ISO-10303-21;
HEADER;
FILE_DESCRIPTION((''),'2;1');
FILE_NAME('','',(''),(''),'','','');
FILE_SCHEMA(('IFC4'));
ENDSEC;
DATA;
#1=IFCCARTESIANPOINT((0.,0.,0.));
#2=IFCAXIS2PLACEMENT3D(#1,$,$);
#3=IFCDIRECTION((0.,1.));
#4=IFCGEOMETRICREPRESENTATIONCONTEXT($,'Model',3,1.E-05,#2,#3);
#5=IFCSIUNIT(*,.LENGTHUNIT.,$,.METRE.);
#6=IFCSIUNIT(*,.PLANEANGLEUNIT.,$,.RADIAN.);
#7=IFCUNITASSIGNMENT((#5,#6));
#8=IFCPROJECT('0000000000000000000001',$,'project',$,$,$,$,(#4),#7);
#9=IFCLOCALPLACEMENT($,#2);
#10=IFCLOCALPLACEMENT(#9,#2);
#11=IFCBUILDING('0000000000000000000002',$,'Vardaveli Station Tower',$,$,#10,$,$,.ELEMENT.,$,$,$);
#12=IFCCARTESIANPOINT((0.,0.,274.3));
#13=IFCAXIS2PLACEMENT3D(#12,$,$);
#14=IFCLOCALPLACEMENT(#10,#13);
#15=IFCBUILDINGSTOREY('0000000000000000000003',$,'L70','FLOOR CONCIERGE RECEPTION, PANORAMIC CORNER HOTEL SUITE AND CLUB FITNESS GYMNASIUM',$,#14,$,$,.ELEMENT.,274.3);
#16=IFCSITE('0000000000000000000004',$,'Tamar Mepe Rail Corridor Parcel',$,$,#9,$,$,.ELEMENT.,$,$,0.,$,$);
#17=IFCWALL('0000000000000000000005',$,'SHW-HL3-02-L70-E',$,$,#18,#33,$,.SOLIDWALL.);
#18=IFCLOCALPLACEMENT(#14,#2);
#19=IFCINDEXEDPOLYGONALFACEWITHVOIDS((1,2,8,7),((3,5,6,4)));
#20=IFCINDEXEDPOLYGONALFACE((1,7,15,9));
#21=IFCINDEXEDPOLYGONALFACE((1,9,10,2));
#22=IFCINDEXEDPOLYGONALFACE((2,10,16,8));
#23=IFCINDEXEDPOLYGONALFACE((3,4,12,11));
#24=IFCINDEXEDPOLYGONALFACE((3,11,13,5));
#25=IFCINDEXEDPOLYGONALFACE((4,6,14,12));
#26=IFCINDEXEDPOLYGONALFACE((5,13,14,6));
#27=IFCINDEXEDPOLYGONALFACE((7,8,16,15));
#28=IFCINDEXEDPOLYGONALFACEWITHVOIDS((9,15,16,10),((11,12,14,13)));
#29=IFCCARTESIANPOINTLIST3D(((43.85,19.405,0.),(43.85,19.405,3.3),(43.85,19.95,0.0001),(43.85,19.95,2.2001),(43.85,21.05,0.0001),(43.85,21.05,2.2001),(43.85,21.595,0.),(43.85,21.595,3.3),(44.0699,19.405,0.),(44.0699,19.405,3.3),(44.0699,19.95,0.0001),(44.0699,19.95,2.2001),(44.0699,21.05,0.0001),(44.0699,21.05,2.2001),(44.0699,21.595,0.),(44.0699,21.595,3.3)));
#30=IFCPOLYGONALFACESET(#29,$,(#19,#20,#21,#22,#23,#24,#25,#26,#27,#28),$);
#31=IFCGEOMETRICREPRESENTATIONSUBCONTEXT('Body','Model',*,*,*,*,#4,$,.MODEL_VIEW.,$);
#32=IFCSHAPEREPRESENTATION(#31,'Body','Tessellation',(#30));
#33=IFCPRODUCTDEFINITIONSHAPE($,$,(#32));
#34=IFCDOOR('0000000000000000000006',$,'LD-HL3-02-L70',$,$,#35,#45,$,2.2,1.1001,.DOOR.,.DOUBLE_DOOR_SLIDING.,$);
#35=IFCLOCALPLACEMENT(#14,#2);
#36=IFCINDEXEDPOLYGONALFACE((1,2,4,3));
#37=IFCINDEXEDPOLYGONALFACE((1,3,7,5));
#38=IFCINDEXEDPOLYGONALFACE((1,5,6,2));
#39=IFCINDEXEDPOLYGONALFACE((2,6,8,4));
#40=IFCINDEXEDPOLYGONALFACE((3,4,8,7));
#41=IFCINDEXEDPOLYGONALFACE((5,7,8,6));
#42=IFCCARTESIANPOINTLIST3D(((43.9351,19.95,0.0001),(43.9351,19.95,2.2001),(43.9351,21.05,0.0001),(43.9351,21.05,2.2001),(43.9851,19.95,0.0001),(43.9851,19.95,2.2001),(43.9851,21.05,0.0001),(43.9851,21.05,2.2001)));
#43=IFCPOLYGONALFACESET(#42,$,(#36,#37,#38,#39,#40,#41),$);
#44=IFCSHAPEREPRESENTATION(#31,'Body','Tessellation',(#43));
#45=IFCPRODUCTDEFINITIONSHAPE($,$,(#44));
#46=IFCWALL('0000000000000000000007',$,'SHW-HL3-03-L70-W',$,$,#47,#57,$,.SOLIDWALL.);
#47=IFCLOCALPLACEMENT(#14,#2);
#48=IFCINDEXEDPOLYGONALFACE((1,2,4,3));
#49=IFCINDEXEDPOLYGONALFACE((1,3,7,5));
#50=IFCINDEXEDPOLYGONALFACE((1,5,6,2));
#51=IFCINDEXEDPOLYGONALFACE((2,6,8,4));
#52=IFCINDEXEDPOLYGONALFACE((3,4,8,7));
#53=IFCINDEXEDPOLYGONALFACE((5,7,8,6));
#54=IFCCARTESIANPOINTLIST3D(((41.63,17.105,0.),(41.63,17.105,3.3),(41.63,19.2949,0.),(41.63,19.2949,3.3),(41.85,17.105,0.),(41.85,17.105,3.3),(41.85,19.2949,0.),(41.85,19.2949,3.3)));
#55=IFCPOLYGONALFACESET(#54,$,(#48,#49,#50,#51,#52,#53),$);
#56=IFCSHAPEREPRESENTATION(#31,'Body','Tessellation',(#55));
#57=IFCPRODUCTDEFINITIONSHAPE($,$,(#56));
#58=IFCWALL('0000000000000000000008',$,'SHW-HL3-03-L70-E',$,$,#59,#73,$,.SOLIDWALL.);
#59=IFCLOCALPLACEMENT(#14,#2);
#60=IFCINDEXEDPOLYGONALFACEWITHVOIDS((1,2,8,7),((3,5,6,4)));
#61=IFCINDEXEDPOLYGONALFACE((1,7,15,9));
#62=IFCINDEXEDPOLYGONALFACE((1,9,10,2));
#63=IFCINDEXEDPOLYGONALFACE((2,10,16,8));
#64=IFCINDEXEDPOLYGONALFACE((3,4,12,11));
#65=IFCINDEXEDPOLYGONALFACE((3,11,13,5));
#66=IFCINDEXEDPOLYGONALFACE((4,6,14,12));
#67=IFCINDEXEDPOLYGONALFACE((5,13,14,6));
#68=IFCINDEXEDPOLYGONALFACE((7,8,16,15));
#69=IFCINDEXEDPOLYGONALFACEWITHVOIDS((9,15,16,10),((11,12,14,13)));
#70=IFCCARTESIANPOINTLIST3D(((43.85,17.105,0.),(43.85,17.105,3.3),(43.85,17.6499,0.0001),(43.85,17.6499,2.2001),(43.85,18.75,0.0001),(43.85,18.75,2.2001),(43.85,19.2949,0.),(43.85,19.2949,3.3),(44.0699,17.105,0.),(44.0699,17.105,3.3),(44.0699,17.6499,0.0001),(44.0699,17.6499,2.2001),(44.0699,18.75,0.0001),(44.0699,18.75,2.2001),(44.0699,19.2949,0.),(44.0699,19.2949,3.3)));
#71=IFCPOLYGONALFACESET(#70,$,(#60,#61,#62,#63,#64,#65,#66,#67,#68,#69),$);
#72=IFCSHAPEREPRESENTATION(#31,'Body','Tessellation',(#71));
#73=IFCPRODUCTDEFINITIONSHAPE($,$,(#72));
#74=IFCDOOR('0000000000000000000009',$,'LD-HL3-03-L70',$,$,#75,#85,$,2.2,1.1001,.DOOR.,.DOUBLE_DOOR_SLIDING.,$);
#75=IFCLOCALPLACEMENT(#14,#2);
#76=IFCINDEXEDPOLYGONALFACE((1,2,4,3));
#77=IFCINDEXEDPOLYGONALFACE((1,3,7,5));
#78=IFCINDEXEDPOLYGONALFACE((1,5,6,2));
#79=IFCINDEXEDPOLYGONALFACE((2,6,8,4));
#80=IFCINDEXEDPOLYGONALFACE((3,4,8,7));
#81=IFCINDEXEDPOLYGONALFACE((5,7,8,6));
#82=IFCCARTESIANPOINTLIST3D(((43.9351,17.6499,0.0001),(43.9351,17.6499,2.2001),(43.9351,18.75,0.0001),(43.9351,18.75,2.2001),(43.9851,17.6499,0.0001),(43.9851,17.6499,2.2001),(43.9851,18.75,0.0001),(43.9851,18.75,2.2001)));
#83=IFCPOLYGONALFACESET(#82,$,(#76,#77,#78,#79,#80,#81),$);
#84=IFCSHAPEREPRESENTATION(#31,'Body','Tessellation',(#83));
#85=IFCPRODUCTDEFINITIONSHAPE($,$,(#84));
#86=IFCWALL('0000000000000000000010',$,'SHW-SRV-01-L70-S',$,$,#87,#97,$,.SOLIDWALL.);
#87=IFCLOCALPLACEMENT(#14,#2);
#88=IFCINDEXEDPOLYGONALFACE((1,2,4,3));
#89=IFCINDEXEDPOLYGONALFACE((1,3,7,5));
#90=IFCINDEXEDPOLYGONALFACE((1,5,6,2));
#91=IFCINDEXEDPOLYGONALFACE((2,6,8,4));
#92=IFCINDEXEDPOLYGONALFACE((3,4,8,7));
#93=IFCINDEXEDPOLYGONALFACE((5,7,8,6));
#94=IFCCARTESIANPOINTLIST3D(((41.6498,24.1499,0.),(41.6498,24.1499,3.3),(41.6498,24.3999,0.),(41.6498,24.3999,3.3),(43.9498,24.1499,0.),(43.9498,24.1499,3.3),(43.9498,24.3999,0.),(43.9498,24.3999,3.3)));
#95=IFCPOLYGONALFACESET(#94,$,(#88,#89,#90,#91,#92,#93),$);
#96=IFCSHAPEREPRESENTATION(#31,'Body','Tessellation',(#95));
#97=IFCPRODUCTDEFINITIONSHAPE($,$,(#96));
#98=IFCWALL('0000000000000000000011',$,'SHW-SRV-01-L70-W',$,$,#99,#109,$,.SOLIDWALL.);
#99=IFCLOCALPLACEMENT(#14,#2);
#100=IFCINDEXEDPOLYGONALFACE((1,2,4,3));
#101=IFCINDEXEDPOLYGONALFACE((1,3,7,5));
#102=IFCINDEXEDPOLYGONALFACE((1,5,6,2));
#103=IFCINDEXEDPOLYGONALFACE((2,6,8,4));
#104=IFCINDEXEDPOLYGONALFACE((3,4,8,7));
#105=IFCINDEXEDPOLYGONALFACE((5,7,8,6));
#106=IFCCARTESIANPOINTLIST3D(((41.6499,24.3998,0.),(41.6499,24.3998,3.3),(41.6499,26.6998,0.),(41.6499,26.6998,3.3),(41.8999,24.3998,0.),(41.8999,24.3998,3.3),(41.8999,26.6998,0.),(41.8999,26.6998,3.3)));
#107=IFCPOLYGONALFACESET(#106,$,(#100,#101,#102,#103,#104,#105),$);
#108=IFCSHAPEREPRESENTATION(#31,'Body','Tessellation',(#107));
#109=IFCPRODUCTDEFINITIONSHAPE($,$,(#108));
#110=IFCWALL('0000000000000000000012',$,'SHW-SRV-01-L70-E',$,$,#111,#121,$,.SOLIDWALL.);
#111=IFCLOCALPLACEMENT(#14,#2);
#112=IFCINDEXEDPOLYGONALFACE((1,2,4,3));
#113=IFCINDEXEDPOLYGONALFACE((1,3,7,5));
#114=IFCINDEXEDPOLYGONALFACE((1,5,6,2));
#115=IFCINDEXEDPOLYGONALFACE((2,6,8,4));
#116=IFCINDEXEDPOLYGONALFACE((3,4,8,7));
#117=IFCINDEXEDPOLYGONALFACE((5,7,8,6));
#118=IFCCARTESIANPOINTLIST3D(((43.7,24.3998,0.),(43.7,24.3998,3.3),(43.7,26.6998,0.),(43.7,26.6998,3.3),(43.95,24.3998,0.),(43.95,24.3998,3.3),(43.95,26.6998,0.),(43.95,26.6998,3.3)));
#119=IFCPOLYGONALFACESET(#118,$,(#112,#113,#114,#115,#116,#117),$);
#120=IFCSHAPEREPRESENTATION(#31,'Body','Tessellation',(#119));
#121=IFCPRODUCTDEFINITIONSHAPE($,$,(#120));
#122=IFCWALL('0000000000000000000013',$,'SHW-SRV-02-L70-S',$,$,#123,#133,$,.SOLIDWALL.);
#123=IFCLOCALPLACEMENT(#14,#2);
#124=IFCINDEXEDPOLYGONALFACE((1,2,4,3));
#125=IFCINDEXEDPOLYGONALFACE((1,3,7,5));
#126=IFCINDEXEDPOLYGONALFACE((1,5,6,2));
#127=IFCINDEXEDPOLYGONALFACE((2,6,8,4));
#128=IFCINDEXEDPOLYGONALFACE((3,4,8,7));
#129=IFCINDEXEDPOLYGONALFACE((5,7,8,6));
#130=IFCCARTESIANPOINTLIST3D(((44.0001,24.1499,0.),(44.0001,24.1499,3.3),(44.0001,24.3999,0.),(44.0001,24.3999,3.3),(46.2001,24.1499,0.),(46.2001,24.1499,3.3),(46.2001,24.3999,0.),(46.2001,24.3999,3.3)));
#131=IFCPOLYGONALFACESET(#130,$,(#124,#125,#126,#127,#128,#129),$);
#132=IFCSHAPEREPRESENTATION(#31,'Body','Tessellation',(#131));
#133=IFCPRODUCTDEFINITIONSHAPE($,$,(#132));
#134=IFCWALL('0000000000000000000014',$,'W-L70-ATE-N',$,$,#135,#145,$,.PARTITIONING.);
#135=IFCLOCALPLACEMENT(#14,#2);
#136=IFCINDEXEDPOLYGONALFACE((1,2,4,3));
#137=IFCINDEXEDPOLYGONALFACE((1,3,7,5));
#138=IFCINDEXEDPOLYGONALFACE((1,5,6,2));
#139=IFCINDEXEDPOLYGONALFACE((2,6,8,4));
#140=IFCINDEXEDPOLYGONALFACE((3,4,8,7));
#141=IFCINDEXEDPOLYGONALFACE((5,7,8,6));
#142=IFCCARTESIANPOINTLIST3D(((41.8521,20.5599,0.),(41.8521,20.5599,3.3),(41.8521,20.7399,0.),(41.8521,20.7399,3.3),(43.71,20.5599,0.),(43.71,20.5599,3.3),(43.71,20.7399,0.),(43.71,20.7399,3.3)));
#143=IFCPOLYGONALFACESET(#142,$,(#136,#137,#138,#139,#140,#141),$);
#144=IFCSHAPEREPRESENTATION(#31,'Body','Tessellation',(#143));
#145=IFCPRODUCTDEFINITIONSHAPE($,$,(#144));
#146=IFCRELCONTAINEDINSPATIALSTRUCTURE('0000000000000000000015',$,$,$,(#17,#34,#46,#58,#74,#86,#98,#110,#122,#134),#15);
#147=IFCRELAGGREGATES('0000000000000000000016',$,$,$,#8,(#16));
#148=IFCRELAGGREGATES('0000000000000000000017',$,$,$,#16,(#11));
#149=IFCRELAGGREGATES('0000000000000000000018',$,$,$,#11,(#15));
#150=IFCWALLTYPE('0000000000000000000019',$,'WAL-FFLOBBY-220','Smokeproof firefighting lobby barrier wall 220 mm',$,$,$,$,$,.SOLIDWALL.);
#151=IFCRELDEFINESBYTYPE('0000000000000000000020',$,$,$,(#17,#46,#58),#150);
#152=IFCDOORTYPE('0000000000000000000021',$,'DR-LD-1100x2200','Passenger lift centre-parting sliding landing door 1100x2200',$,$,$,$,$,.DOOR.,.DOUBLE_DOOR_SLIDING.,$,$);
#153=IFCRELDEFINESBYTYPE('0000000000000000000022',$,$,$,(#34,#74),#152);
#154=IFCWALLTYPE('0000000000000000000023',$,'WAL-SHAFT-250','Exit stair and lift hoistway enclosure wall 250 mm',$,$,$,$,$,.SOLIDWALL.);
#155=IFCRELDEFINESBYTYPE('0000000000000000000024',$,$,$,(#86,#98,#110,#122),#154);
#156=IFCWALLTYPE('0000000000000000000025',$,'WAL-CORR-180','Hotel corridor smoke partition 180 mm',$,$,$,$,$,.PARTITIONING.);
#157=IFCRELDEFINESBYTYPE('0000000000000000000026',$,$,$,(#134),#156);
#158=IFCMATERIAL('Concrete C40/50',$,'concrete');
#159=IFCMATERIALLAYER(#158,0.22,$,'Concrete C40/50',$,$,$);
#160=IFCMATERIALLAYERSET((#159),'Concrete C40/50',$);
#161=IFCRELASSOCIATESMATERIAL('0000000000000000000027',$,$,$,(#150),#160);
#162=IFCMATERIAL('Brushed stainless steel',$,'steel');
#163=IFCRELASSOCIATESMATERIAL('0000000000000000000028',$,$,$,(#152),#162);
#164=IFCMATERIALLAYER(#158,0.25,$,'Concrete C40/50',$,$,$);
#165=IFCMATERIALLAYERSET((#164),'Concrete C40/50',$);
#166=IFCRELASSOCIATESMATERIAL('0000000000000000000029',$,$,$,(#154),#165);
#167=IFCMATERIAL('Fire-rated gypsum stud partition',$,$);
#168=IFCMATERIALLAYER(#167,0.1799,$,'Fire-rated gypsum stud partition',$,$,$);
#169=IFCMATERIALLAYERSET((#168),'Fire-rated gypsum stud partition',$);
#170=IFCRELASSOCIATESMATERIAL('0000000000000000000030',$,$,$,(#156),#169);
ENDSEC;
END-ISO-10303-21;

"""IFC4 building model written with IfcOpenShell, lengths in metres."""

from ifc_helpers import new_model, si_unit, direction, frame, frame_2d, origin, place, context, subcontext, project, spatial, rectangle, extrude, source, transform, mapped, material, layer, layer_set, type_object, element, fill, save


model = new_model("IFC4")

# Units and contexts
model_context = context("Model", 3, precision=1e-05, world=origin(), true_north=direction((0.0, 1.0)))
body_context = subcontext(model_context, "Body", "Model", "MODEL_VIEW")
ifc_project = project(units=[si_unit("LENGTHUNIT", "METRE"), si_unit("PLANEANGLEUNIT", "RADIAN")], contexts=[model_context])

# Site, building, storey
site_placement = place(None, origin())
site = spatial("IfcSite", under=ifc_project, at=site_placement, Name="Tamar Mepe Rail Corridor Parcel", CompositionType="ELEMENT", RefElevation=0.0)
building_placement = place(site_placement, origin())
building = spatial("IfcBuilding", under=site, at=building_placement, Name="Vardaveli Station Tower", CompositionType="ELEMENT")
storey_placement = place(building_placement, frame((0.0, 0.0, 274.3)))
storey = spatial("IfcBuildingStorey", under=building, at=storey_placement, Name="L70", Description="FLOOR CONCIERGE RECEPTION, PANORAMIC CORNER HOTEL SUITE AND CLUB FITNESS GYMNASIUM", CompositionType="ELEMENT", Elevation=274.3)

# Shared definitions
ifc_material_1 = material(Name="Concrete C40/50", Category="concrete")
ifc_layer_1 = layer(ifc_material_1, 0.22, Name="Concrete C40/50")
ifc_layer_set_1 = layer_set([ifc_layer_1], Name="Concrete C40/50")
wall_type_1 = type_object("IfcWallType", Name="WAL-FFLOBBY-220", Description="Smokeproof firefighting lobby barrier wall 220 mm", PredefinedType="SOLIDWALL", material=ifc_layer_set_1)
shared_shape_1 = source(origin(), body_context, "Body", "SweptSolid", [
    extrude(rectangle(XDim=2.1899, YDim=0.22, at=frame_2d((1.095, 0.0))), origin(), (0.0, 0.0, 1.0), 3.3),
])

# Shared definitions
shared_shape_2 = source(origin(), body_context, "Body", "SweptSolid", [
    extrude(rectangle(XDim=1.1001, YDim=2.2, at=frame_2d((0.55, 1.1001))), frame((0.0, 0.1201, 0.0), z_axis=(0.0, -1.0, 0.0), x_axis=(1.0, 0.0, 0.0)), (0.0, 0.0, 1.0), 0.24),
])
ifc_material_2 = material(Name="Brushed stainless steel", Category="steel")
door_type = type_object("IfcDoorType", Name="DR-LD-1100x2200", Description="Passenger lift centre-parting sliding landing door 1100x2200", OperationType="DOUBLE_DOOR_SLIDING", PredefinedType="DOOR", material=ifc_material_2)
shared_shape_3 = source(origin(), body_context, "Body", "SweptSolid", [
    extrude(rectangle(XDim=1.1001, YDim=2.2, at=frame_2d((0.55, 1.1001))), frame((0.0, 0.0249, 0.0), z_axis=(0.0, -1.0, 0.0), x_axis=(1.0, 0.0, 0.0)), (0.0, 0.0, 1.0), 0.05),
])

# Wall, opening, door
wall_1_placement = place(storey_placement, frame((43.96, 19.405, 0.0), z_axis=(0.0, 0.0, 1.0), x_axis=(0.0, 1.0, 0.0)))
wall_1 = element("IfcWall", 1, at=wall_1_placement, inside=storey, type_object=wall_type_1, Name="SHW-HL3-02-L70-E", PredefinedType="SOLIDWALL", context=body_context, shape_type="MappedRepresentation", body=[
    mapped(shared_shape_1, transform((0.0, 0.0, 0.0), scale=1.0)),
])
opening_1_placement = place(wall_1_placement, frame((0.5449, 0.0, 0.0)))
opening_1 = element("IfcOpeningElement", 2, at=opening_1_placement, cuts=wall_1, PredefinedType="OPENING", context=body_context, shape_type="MappedRepresentation", body=[
    mapped(shared_shape_2, transform((0.0, 0.0, 0.0), scale=1.0)),
])
door_1_placement = place(opening_1_placement, origin())
door_1 = element("IfcDoor", 3, at=door_1_placement, inside=storey, type_object=door_type, Name="LD-HL3-02-L70", OperationType="DOUBLE_DOOR_SLIDING", OverallHeight=2.2, OverallWidth=1.1001, PredefinedType="DOOR", context=body_context, shape_type="MappedRepresentation", body=[
    mapped(shared_shape_3, transform((0.0, 0.0, 0.0), scale=1.0)),
])
fill(opening_1, door_1)

# Wall
wall_2_placement = place(storey_placement, frame((41.74, 17.105, 0.0), z_axis=(0.0, 0.0, 1.0), x_axis=(0.0, 1.0, 0.0)))
element("IfcWall", 4, at=wall_2_placement, inside=storey, type_object=wall_type_1, Name="SHW-HL3-03-L70-W", PredefinedType="SOLIDWALL", context=body_context, shape_type="MappedRepresentation", body=[
    mapped(shared_shape_1, transform((0.0, 0.0, 0.0), scale=1.0)),
])

# Wall, opening, door
wall_3_placement = place(storey_placement, frame((43.96, 17.105, 0.0), z_axis=(0.0, 0.0, 1.0), x_axis=(0.0, 1.0, 0.0)))
wall_3 = element("IfcWall", 5, at=wall_3_placement, inside=storey, type_object=wall_type_1, Name="SHW-HL3-03-L70-E", PredefinedType="SOLIDWALL", context=body_context, shape_type="MappedRepresentation", body=[
    mapped(shared_shape_1, transform((0.0, 0.0, 0.0), scale=1.0)),
])
opening_2_placement = place(wall_3_placement, frame((0.5449, 0.0, 0.0)))
opening_2 = element("IfcOpeningElement", 6, at=opening_2_placement, cuts=wall_3, PredefinedType="OPENING", context=body_context, shape_type="MappedRepresentation", body=[
    mapped(shared_shape_2, transform((0.0, 0.0, 0.0), scale=1.0)),
])
door_2_placement = place(opening_2_placement, origin())
door_2 = element("IfcDoor", 7, at=door_2_placement, inside=storey, type_object=door_type, Name="LD-HL3-03-L70", OperationType="DOUBLE_DOOR_SLIDING", OverallHeight=2.2, OverallWidth=1.1001, PredefinedType="DOOR", context=body_context, shape_type="MappedRepresentation", body=[
    mapped(shared_shape_3, transform((0.0, 0.0, 0.0), scale=1.0)),
])
fill(opening_2, door_2)

# Walls
ifc_layer_2 = layer(ifc_material_1, 0.25, Name="Concrete C40/50")
ifc_layer_set_2 = layer_set([ifc_layer_2], Name="Concrete C40/50")
wall_type_2 = type_object("IfcWallType", Name="WAL-SHAFT-250", Description="Exit stair and lift hoistway enclosure wall 250 mm", PredefinedType="SOLIDWALL", material=ifc_layer_set_2)
shared_shape_4 = source(origin(), body_context, "Body", "SweptSolid", [
    extrude(rectangle(XDim=2.3, YDim=0.25, at=frame_2d((1.1499, 0.0))), origin(), (0.0, 0.0, 1.0), 3.3),
])
for number, where, z_axis, x_axis, name in (
    (8, (41.6499, 24.2749, 0.0), (0.0, 0.0, 1.0), (1.0, 0.0, 0.0), "SHW-SRV-01-L70-S"),
    (9, (41.7749, 24.3999, 0.0), (0.0, 0.0, 1.0), (0.0, 1.0, 0.0), "SHW-SRV-01-L70-W"),
    (10, (43.825, 24.3999, 0.0), (0.0, 0.0, 1.0), (0.0, 1.0, 0.0), "SHW-SRV-01-L70-E"),
):
    element("IfcWall", number, at=place(storey_placement, frame(where, z_axis=z_axis, x_axis=x_axis)), inside=storey, type_object=wall_type_2, Name=name, PredefinedType="SOLIDWALL", context=body_context, shape_type="MappedRepresentation", body=[
        mapped(shared_shape_4, transform((0.0, 0.0, 0.0), scale=1.0)),
    ])
shared_shape_5 = source(origin(), body_context, "Body", "SweptSolid", [
    extrude(rectangle(XDim=2.2, YDim=0.25, at=frame_2d((1.1001, 0.0))), origin(), (0.0, 0.0, 1.0), 3.3),
])
wall_4_placement = place(storey_placement, frame((44.0, 24.2749, 0.0), z_axis=(0.0, 0.0, 1.0), x_axis=(1.0, 0.0, 0.0)))
element("IfcWall", 11, at=wall_4_placement, inside=storey, type_object=wall_type_2, Name="SHW-SRV-02-L70-S", PredefinedType="SOLIDWALL", context=body_context, shape_type="MappedRepresentation", body=[
    mapped(shared_shape_5, transform((0.0, 0.0, 0.0), scale=1.0)),
])
ifc_material_3 = material(Name="Fire-rated gypsum stud partition")
ifc_layer_3 = layer(ifc_material_3, 0.1799, Name="Fire-rated gypsum stud partition")
ifc_layer_set_3 = layer_set([ifc_layer_3], Name="Fire-rated gypsum stud partition")
wall_type_3 = type_object("IfcWallType", Name="WAL-CORR-180", Description="Hotel corridor smoke partition 180 mm", PredefinedType="PARTITIONING", material=ifc_layer_set_3)
shared_shape_6 = source(origin(), body_context, "Body", "SweptSolid", [
    extrude(rectangle(XDim=1.8579, YDim=0.1799, at=frame_2d((0.929, 0.0))), origin(), (0.0, 0.0, 1.0), 3.3),
])
wall_5_placement = place(storey_placement, frame((41.8521, 20.6499, 0.0), z_axis=(0.0, 0.0, 1.0), x_axis=(1.0, 0.0, 0.0)))
element("IfcWall", 12, at=wall_5_placement, inside=storey, type_object=wall_type_3, Name="W-L70-ATE-N", PredefinedType="PARTITIONING", context=body_context, shape_type="MappedRepresentation", body=[
    mapped(shared_shape_6, transform((0.0, 0.0, 0.0), scale=1.0)),
])

save(model, "model.ifc")
